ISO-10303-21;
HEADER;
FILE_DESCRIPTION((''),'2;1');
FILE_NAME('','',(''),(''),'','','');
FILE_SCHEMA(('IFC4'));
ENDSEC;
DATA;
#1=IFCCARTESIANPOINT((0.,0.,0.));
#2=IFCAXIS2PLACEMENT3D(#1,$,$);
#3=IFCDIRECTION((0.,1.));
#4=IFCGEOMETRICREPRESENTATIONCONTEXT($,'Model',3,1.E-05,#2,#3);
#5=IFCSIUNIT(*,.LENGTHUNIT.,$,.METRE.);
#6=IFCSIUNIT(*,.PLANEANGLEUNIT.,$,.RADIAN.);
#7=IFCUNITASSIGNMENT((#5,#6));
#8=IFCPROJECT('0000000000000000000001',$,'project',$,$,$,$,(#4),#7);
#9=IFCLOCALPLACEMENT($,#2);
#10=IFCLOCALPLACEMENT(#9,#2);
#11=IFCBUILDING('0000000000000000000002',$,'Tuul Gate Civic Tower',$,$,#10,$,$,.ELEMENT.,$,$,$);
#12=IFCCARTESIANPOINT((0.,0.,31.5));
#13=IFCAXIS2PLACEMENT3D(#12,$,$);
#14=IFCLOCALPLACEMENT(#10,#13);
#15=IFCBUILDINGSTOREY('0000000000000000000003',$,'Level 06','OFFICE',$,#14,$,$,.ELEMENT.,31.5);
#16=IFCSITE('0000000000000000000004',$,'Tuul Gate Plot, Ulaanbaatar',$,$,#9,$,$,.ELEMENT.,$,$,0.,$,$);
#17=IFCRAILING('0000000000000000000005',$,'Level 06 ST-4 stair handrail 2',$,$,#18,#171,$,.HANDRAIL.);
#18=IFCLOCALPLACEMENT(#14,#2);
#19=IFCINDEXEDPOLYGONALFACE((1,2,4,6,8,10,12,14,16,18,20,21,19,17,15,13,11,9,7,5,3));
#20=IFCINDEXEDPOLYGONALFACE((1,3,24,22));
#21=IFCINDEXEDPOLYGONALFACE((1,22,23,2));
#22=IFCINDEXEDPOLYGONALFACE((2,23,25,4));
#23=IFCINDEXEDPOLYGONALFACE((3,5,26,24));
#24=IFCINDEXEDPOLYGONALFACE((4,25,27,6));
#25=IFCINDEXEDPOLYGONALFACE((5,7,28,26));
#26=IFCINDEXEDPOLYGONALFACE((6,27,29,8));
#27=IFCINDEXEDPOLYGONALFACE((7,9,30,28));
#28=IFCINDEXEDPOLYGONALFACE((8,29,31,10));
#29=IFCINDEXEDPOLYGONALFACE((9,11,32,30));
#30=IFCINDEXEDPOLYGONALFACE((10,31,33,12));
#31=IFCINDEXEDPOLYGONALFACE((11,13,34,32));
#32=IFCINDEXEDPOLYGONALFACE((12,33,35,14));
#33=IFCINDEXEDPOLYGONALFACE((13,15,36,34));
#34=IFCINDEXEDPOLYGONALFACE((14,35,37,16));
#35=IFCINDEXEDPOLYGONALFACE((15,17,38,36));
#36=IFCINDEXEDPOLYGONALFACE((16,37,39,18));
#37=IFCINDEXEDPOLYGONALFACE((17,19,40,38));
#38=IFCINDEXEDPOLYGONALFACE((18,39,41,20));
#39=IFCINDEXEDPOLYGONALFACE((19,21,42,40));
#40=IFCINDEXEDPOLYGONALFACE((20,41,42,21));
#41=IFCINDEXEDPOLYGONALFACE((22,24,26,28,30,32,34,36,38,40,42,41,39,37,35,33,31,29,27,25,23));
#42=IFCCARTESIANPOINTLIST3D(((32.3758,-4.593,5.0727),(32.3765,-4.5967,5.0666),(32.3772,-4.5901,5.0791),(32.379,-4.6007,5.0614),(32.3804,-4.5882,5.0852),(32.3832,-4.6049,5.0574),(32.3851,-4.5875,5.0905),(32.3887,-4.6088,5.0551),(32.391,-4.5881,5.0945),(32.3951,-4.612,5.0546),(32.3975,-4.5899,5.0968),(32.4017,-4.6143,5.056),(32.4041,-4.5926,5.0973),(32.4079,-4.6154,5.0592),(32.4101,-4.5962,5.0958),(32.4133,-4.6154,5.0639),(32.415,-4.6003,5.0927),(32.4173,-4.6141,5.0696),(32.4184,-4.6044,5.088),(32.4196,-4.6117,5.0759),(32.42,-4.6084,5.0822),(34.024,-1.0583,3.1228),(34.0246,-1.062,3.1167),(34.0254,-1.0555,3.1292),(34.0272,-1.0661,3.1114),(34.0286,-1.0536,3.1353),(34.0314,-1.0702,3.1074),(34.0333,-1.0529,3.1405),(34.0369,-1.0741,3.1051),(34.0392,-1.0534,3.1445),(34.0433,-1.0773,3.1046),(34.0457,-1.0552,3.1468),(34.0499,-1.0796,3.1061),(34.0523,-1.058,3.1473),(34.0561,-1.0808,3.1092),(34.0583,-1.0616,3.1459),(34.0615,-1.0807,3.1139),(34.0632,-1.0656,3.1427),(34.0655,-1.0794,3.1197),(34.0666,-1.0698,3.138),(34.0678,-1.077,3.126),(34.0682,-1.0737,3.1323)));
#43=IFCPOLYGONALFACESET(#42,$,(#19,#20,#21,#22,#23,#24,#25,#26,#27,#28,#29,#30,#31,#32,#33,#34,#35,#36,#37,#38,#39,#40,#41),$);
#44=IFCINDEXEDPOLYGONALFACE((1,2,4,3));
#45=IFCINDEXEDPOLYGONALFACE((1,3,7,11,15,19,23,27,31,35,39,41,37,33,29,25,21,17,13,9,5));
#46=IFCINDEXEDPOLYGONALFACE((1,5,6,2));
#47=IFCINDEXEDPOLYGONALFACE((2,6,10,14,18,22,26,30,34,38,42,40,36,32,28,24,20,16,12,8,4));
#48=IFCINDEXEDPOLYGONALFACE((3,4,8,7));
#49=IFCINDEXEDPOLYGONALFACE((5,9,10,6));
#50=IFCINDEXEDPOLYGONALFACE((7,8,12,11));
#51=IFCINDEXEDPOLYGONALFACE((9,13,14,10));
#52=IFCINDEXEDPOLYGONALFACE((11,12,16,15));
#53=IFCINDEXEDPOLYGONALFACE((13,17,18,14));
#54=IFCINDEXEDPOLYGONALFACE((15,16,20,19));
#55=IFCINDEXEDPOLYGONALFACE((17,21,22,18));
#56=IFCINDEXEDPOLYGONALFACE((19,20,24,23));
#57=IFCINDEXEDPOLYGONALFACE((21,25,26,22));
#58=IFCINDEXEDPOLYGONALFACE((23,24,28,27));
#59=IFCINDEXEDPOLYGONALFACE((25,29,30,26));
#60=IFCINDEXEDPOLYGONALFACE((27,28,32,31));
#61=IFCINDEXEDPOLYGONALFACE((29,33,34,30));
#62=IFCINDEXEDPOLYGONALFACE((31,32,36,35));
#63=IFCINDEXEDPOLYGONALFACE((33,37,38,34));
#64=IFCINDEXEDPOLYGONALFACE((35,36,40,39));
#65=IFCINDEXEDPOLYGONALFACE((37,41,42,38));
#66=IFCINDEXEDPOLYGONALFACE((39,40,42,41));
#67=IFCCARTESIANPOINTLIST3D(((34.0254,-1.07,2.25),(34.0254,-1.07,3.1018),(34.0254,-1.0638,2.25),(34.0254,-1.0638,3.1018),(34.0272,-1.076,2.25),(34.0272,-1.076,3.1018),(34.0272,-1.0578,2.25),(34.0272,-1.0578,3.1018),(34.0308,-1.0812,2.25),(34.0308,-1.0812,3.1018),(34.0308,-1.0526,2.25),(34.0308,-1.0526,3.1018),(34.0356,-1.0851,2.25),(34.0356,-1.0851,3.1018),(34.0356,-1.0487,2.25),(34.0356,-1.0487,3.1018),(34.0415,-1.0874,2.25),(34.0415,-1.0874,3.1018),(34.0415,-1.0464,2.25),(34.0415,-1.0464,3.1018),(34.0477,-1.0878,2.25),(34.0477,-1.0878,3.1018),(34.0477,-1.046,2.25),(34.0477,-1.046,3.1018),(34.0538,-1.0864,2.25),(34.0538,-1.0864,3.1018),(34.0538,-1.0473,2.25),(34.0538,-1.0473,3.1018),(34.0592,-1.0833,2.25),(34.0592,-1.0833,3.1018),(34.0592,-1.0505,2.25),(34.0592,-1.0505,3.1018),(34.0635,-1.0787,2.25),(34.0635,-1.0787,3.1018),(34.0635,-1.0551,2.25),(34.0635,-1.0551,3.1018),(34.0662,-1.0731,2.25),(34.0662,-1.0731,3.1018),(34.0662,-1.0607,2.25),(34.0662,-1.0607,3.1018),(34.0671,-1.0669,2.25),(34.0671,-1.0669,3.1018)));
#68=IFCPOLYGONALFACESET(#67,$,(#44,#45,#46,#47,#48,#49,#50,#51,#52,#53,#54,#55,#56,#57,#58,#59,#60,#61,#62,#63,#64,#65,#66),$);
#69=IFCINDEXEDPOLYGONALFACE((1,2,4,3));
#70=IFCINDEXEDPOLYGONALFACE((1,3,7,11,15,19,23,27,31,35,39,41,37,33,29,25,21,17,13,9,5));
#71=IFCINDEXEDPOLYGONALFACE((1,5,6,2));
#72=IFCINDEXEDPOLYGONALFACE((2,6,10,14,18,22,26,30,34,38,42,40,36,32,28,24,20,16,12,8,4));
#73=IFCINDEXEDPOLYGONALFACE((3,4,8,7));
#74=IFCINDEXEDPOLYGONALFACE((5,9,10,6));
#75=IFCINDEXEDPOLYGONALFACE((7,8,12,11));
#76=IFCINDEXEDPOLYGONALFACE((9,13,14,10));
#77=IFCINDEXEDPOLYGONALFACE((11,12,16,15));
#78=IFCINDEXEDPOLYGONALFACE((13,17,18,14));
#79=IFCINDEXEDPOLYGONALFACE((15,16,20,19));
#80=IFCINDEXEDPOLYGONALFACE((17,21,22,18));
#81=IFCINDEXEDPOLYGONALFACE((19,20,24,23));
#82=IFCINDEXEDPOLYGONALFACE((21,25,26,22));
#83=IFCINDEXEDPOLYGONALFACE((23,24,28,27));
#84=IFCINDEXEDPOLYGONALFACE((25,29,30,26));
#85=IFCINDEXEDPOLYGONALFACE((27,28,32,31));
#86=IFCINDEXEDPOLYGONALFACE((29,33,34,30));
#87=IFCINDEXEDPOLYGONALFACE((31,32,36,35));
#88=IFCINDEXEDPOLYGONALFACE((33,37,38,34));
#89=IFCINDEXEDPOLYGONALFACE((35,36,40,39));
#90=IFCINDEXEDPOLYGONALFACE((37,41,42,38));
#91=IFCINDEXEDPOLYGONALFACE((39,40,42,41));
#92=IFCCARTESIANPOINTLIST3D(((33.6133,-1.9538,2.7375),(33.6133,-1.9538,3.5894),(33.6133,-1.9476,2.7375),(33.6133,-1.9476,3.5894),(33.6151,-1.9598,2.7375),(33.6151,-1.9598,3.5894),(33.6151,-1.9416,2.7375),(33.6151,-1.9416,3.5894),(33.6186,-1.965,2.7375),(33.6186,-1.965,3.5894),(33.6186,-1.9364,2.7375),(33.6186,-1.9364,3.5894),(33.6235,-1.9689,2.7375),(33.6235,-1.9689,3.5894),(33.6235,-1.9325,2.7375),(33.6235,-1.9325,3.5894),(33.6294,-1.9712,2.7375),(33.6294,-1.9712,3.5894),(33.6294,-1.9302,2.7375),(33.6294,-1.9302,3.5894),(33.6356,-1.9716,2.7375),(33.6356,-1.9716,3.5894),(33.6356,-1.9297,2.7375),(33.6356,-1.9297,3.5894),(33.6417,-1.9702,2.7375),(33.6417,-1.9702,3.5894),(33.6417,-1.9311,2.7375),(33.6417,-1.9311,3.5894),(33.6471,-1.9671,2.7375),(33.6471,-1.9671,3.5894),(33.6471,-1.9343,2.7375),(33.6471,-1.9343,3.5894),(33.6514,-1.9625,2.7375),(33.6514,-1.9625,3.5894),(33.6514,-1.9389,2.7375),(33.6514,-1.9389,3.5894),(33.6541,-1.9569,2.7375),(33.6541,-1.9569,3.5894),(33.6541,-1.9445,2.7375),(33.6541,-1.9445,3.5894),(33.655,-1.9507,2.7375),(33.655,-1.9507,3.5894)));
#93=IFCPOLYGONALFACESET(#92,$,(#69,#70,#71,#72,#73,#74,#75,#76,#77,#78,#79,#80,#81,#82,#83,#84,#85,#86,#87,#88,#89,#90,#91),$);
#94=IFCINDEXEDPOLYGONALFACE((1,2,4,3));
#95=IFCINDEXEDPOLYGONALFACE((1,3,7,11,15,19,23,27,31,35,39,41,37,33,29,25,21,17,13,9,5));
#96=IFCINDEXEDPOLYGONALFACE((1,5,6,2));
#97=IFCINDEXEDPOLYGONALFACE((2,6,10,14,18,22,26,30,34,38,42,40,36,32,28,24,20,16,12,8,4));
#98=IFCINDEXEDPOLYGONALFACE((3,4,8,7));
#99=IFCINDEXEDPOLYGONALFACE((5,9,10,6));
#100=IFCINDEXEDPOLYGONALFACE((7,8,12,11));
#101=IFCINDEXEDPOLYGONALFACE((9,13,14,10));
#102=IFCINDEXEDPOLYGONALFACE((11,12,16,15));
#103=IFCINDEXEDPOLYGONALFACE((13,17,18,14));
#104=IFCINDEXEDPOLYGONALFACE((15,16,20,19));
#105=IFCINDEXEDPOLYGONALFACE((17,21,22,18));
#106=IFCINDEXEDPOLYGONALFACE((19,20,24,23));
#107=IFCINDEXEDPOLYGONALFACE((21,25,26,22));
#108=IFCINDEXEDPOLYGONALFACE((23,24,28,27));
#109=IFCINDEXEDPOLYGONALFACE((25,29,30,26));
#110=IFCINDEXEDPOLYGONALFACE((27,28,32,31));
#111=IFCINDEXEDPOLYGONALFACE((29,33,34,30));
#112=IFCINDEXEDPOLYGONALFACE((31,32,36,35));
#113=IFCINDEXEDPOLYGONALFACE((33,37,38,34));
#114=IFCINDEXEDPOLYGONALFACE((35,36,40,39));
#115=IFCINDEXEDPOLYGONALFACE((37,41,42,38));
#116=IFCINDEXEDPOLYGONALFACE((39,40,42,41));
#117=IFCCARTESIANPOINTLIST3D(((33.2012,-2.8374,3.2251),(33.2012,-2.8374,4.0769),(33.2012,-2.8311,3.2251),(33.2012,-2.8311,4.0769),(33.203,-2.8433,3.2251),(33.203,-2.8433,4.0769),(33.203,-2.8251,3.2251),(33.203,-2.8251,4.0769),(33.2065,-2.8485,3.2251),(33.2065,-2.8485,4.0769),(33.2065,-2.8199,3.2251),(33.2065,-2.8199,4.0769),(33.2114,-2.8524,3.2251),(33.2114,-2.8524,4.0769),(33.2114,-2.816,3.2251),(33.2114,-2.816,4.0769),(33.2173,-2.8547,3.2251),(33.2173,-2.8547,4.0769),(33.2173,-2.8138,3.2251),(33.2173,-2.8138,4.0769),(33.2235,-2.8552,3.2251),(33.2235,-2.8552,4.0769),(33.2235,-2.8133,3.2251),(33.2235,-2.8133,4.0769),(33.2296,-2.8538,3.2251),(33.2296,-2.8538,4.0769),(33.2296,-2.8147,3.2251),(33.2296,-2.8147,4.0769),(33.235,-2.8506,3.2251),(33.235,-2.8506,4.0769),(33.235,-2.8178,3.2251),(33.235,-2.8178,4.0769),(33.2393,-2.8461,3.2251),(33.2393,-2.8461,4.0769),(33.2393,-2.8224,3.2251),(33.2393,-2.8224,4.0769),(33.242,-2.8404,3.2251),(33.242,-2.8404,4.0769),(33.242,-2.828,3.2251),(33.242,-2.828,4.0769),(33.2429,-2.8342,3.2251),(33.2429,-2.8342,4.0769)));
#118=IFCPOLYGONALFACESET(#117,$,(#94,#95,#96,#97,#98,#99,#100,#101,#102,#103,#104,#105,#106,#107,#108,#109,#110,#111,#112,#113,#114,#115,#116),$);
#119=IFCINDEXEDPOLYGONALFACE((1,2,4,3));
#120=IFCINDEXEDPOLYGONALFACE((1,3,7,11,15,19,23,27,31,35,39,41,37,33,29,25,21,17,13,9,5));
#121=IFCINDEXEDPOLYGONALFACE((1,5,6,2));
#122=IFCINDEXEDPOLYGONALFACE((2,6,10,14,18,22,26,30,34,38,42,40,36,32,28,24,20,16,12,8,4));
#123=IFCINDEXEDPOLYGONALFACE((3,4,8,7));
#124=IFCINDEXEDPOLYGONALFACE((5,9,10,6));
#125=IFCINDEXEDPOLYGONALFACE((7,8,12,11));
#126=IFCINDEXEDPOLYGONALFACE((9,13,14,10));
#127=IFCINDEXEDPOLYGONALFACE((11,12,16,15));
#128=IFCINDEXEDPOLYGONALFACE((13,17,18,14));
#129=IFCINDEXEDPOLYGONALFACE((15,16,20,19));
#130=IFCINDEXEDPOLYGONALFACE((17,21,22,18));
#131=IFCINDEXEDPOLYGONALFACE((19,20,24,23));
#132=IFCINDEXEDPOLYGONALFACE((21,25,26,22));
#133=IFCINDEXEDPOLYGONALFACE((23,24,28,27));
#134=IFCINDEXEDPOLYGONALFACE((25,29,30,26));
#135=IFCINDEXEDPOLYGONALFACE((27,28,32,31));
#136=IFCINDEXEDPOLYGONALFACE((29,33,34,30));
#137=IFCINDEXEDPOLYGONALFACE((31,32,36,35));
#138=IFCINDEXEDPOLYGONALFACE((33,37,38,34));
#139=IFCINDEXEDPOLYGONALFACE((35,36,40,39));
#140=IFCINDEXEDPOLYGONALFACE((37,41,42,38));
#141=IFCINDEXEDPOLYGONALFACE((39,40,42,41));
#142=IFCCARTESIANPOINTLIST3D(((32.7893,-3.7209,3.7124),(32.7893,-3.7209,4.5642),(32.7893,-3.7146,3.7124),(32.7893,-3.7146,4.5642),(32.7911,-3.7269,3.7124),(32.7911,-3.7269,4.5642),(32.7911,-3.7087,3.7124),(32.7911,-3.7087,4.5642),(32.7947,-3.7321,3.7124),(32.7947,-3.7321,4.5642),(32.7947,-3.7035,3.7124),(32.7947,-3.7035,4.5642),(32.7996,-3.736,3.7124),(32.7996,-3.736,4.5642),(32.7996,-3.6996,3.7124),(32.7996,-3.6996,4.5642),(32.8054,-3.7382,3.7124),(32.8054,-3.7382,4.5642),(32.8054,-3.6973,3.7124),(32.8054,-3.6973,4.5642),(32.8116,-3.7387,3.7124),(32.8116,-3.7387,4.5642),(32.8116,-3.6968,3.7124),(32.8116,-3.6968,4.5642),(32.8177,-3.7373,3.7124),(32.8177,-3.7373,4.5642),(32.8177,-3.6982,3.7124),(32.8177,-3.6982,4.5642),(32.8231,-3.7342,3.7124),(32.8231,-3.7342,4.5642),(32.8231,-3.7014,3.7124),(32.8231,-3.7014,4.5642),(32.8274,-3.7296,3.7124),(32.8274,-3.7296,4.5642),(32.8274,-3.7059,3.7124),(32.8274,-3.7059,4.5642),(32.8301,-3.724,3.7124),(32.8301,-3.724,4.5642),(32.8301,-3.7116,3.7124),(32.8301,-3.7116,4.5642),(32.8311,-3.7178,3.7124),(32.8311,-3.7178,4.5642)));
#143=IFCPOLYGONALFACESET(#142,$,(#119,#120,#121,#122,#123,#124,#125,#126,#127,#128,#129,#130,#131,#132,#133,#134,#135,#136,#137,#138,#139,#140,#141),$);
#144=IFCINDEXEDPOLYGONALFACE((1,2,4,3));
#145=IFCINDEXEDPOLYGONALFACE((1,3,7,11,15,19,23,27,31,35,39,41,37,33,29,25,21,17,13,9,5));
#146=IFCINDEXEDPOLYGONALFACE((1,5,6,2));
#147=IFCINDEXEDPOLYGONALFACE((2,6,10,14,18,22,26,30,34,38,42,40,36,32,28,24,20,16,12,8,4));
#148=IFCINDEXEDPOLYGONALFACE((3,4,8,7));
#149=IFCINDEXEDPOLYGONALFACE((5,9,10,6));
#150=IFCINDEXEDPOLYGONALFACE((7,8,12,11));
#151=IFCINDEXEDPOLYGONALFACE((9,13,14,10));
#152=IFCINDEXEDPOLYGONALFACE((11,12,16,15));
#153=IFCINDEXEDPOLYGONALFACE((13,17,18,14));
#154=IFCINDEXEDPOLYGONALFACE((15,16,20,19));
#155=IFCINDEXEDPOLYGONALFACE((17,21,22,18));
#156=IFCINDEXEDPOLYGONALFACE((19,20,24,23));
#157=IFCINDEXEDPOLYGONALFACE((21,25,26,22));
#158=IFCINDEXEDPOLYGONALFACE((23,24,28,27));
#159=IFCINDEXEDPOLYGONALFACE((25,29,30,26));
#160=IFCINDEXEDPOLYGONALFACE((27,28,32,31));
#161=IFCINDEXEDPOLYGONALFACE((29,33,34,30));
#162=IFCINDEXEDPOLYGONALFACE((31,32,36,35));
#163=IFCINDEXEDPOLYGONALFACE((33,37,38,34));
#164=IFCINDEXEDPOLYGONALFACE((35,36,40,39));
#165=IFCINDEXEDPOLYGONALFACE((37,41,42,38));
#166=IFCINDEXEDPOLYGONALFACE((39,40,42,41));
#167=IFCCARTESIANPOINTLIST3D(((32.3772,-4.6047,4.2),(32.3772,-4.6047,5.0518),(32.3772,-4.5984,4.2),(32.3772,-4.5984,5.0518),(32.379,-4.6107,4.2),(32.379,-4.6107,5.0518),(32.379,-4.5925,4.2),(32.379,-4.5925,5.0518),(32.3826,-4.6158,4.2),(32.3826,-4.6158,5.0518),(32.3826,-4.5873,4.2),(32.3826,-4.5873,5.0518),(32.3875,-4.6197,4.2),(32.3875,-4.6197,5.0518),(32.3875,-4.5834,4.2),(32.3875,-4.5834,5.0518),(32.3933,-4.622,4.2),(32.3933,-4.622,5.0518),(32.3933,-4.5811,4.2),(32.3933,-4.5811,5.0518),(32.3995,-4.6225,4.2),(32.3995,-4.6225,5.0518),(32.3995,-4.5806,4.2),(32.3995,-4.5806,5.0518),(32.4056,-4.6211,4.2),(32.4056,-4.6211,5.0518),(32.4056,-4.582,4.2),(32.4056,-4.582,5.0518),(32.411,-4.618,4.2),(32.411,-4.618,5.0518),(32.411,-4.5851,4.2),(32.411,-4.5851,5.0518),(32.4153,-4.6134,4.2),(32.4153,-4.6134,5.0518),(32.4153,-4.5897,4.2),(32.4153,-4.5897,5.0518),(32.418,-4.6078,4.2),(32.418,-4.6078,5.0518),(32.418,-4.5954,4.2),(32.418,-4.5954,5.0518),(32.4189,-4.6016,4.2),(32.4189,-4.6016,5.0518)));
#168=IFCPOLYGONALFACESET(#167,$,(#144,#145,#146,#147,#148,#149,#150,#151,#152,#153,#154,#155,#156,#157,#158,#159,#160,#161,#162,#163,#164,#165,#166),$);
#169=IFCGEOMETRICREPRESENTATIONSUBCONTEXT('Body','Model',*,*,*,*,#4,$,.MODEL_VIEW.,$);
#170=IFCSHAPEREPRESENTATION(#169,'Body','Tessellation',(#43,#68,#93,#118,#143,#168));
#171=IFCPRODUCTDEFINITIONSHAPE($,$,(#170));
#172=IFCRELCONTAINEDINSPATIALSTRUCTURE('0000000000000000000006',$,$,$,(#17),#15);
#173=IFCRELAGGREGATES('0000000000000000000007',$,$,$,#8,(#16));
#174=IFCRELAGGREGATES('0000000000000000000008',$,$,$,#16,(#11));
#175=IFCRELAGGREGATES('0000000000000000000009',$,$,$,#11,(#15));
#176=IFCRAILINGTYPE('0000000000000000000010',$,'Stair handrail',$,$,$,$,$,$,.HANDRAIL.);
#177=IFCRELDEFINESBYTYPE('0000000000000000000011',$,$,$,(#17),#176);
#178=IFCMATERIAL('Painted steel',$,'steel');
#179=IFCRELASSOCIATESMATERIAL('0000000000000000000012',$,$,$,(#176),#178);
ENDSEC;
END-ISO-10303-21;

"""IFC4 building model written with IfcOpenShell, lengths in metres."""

from ifc_helpers import new_model, si_unit, direction, frame, origin, origin_2d, place, context, subcontext, project, spatial, circle, extrude, material, type_object, element, save


model = new_model("IFC4")

# Units and contexts
model_context = context("Model", 3, precision=1e-05, world=origin(), true_north=direction((0.0, 1.0)))
body_context = subcontext(model_context, "Body", "Model", "MODEL_VIEW")
ifc_project = project(units=[si_unit("LENGTHUNIT", "METRE"), si_unit("PLANEANGLEUNIT", "RADIAN")], contexts=[model_context])

# Site, building, storey
site_placement = place(None, origin())
site = spatial("IfcSite", under=ifc_project, at=site_placement, Name="Tuul Gate Plot, Ulaanbaatar", CompositionType="ELEMENT", RefElevation=0.0)
building_placement = place(site_placement, origin())
building = spatial("IfcBuilding", under=site, at=building_placement, Name="Tuul Gate Civic Tower", CompositionType="ELEMENT")
storey_placement = place(building_placement, frame((0.0, 0.0, 31.5)))
storey = spatial("IfcBuildingStorey", under=building, at=storey_placement, Name="Level 06", Description="OFFICE", CompositionType="ELEMENT", Elevation=31.5)

# Railing
ifc_material_1 = material(Name="Painted steel", Category="steel")
railing_type_1 = type_object("IfcRailingType", Name="Stair handrail", PredefinedType="HANDRAIL", material=ifc_material_1)
railing_1_placement = place(storey_placement, frame((34.0461, -1.0669, 2.25)))
element("IfcRailing", 1, at=railing_1_placement, inside=storey, type_object=railing_type_1, Name="Level 06 ST-4 stair handrail 2", PredefinedType="HANDRAIL", context=body_context, shape_type="SweptSolid", body=[
    extrude(circle(Radius=0.0239, at=origin_2d()), frame((0.0, 0.0, 0.876), z_axis=(-0.377995, -0.810637, 0.4472), x_axis=(0.906313, -0.422608, 0.0)), (0.0, 0.0, 1.0), 4.3604),
    extrude(circle(Radius=0.021, at=origin_2d()), origin(), (0.0, 0.0, 1.0), 0.8518),
    extrude(circle(Radius=0.021, at=origin_2d()), frame((-0.4121, -0.8838, 0.4875)), (0.0, 0.0, 1.0), 0.8518),
    extrude(circle(Radius=0.021, at=origin_2d()), frame((-0.8242, -1.7673, 0.9751)), (0.0, 0.0, 1.0), 0.8518),
    extrude(circle(Radius=0.021, at=origin_2d()), frame((-1.2361, -2.6509, 1.4624)), (0.0, 0.0, 1.0), 0.8518),
    extrude(circle(Radius=0.021, at=origin_2d()), frame((-1.6482, -3.5347, 1.95)), (0.0, 0.0, 1.0), 0.8518),
])

save(model, "model.ifc")
